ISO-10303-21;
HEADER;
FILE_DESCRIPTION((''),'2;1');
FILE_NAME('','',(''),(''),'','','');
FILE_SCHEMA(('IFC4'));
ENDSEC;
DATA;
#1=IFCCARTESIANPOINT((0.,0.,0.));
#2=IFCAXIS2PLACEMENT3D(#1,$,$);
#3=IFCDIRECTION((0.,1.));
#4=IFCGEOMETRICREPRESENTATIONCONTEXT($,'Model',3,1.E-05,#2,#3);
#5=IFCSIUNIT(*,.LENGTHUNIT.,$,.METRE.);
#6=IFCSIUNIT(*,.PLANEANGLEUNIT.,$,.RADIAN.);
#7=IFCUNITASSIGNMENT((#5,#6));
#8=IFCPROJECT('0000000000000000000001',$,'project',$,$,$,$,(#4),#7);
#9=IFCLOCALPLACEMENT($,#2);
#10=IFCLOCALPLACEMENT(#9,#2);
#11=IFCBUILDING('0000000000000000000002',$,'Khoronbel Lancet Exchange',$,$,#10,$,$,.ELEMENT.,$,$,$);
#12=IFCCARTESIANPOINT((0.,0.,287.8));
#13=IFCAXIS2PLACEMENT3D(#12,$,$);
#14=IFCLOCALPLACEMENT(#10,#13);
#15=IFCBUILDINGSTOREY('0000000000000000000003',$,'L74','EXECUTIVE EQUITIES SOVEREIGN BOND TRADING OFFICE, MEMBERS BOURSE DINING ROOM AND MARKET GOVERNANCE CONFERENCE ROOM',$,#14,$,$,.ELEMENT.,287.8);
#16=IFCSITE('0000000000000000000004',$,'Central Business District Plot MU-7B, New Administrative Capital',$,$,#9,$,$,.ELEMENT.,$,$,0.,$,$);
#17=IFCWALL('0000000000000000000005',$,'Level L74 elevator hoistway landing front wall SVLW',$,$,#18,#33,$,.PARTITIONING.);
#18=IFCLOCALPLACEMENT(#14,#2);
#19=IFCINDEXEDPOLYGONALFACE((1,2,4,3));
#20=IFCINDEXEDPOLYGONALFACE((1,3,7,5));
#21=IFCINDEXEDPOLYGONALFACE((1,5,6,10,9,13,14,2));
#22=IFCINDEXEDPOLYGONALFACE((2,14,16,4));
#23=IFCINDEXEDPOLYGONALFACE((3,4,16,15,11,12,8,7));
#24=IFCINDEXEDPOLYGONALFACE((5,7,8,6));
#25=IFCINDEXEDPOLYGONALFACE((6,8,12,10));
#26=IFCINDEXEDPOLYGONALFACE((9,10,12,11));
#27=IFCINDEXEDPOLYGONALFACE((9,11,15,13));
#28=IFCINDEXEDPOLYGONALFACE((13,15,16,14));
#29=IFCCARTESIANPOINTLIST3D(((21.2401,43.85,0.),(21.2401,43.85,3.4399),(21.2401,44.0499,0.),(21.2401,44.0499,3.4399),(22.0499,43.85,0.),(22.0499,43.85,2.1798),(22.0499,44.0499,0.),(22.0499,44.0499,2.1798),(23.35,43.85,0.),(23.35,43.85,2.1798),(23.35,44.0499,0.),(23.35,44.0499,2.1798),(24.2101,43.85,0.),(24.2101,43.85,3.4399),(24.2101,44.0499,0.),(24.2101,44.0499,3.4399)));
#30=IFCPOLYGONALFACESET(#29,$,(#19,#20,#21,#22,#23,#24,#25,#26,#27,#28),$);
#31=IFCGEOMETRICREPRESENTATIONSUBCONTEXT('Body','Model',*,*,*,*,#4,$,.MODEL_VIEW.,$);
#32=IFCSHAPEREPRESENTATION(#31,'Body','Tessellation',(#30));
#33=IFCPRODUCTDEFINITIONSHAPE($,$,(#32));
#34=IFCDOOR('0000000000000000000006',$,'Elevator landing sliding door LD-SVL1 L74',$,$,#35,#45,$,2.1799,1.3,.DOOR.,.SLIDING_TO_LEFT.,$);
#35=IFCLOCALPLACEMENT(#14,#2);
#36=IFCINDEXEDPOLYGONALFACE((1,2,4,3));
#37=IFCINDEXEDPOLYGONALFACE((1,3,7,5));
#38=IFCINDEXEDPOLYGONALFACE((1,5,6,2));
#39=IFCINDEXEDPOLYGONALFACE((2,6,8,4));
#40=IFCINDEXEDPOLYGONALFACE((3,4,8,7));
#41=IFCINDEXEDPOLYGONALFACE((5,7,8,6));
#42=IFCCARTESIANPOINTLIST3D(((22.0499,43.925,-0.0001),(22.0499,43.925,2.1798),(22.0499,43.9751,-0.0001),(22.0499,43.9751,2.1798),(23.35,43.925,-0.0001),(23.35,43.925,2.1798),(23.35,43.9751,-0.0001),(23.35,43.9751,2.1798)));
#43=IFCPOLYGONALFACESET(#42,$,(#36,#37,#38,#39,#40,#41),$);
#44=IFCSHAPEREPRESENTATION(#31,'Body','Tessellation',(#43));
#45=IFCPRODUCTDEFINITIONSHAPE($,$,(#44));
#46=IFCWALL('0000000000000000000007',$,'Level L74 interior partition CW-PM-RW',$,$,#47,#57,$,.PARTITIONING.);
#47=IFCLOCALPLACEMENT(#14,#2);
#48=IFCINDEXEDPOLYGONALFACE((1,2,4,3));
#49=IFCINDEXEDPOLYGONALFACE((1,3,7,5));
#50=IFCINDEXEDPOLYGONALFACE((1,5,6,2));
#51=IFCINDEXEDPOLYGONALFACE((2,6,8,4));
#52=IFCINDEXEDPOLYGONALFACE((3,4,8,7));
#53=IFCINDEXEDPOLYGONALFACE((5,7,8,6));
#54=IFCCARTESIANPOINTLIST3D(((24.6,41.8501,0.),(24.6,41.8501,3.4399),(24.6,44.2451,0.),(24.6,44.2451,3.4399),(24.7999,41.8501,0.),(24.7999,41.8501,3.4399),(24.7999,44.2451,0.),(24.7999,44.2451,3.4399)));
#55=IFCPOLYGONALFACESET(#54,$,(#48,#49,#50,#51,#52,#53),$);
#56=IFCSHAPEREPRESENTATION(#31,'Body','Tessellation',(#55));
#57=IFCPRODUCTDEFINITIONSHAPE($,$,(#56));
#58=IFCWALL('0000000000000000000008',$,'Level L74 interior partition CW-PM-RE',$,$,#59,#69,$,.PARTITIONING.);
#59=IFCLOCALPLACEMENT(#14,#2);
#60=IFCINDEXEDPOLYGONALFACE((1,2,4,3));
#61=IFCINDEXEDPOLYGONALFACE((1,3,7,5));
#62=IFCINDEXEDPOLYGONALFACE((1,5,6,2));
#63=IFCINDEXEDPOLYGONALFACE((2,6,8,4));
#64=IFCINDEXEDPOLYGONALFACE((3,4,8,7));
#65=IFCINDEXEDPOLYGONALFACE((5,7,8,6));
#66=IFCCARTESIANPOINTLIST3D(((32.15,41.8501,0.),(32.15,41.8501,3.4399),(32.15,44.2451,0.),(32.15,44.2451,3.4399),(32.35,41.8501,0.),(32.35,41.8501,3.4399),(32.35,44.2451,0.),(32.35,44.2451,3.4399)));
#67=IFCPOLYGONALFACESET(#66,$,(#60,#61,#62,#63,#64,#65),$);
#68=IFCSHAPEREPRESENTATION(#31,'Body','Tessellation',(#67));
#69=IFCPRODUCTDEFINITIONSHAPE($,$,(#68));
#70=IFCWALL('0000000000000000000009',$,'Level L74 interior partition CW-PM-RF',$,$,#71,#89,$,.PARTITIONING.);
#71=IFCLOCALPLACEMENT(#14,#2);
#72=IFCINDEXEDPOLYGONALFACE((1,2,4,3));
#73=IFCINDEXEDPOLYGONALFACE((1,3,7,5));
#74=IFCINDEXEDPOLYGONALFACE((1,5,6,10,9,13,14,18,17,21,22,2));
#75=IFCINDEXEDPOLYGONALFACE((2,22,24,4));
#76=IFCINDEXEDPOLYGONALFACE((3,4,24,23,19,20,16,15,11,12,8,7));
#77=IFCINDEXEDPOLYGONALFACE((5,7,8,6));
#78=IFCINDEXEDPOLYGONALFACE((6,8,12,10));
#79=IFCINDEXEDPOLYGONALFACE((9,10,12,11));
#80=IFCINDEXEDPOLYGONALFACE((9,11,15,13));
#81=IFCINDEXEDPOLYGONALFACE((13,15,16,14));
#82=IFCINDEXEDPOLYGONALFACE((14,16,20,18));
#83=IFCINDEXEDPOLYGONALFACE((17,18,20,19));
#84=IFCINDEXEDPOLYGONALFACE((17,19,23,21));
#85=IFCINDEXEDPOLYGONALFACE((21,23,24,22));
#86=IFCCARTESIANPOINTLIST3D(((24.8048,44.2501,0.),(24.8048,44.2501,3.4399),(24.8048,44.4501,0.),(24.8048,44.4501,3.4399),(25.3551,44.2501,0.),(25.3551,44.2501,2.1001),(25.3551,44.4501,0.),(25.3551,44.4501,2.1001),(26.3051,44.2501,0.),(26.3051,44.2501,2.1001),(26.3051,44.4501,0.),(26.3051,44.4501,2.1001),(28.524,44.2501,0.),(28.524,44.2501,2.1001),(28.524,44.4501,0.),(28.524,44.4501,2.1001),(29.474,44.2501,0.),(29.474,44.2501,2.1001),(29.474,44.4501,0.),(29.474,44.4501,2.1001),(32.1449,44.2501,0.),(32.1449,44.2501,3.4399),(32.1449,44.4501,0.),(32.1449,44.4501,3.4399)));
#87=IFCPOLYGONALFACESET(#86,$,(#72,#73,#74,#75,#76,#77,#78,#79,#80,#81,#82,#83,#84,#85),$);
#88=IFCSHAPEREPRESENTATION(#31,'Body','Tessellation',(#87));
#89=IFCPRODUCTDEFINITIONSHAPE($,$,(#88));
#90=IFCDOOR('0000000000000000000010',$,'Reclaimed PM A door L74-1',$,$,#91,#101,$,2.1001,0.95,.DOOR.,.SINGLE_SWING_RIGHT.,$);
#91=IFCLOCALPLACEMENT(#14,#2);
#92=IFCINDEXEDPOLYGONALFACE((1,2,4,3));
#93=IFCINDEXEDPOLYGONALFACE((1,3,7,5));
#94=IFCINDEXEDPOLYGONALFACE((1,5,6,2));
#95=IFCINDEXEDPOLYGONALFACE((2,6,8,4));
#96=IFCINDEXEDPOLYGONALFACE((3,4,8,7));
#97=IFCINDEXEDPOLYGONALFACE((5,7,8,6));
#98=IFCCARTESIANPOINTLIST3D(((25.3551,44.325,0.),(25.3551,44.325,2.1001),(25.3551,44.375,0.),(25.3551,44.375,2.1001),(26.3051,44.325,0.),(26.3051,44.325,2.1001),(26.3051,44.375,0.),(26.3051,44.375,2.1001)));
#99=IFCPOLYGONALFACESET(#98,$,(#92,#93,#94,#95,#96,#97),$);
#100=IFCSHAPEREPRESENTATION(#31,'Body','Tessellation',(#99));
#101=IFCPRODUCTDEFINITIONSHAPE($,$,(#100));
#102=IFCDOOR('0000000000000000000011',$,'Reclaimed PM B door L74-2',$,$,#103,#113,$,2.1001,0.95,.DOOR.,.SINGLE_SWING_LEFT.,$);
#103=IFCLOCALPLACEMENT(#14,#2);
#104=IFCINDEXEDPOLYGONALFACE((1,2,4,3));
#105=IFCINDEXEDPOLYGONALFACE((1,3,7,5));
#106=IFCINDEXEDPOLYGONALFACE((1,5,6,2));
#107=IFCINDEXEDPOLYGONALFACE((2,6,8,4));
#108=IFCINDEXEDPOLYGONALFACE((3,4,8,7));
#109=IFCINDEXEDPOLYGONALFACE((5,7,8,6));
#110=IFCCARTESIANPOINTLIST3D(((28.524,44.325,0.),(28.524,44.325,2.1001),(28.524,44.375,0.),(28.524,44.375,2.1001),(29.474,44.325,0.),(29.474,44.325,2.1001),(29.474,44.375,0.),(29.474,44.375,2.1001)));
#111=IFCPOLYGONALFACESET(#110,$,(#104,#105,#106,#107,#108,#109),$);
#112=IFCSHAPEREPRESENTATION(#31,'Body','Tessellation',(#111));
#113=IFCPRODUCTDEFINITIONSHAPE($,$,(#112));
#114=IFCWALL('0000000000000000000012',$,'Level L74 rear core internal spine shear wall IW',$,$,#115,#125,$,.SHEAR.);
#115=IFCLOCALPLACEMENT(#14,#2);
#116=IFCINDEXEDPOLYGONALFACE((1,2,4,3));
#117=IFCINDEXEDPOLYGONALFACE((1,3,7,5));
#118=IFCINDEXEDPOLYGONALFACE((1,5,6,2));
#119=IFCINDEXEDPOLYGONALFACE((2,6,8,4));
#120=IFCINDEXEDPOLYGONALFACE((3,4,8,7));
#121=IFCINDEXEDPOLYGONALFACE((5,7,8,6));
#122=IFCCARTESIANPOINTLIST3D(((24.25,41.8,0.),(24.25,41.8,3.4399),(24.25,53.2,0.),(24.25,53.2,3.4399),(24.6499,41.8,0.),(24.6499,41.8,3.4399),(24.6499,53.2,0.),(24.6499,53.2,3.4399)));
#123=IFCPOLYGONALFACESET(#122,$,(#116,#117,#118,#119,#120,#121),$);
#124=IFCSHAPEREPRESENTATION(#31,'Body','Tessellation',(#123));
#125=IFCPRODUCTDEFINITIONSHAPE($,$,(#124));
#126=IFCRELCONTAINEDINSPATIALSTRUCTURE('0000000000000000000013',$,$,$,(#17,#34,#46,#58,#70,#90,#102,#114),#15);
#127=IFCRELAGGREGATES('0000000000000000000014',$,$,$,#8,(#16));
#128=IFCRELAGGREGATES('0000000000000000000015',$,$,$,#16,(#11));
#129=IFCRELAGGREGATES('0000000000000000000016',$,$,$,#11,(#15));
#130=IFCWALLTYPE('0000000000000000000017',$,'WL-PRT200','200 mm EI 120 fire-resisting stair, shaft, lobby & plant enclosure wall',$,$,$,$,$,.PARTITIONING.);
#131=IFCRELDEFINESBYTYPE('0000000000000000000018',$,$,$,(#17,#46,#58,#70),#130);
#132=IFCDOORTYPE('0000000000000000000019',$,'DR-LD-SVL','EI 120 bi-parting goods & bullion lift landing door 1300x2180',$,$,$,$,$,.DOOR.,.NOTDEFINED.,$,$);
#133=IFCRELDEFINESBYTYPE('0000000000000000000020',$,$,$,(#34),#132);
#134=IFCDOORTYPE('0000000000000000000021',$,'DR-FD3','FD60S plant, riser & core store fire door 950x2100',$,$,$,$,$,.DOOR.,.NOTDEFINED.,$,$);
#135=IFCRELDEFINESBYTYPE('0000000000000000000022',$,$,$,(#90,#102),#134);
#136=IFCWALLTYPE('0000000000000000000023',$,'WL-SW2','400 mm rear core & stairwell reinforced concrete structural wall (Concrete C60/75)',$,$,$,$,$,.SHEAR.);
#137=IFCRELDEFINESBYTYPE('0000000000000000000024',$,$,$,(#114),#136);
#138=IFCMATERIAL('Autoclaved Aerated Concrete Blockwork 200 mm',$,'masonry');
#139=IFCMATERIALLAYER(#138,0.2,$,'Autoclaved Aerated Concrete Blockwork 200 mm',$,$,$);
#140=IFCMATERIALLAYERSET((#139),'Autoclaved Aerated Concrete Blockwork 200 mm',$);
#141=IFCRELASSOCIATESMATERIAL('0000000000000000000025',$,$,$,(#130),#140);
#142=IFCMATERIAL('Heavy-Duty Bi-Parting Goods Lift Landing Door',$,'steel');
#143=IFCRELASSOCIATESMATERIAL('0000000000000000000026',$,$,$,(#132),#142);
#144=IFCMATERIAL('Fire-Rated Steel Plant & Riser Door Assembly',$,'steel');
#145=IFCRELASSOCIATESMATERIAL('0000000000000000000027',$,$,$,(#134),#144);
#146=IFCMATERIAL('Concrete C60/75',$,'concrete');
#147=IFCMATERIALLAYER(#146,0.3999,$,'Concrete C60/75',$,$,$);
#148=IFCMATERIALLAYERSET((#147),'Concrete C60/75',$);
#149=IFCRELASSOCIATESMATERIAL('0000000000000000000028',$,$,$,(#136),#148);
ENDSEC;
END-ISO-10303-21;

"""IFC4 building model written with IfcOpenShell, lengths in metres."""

from ifc_helpers import new_model, si_unit, direction, frame, frame_2d, origin, place, context, subcontext, project, spatial, rectangle, extrude, material, layer, layer_set, type_object, element, fill, save


model = new_model("IFC4")

# Units and contexts
model_context = context("Model", 3, precision=1e-05, world=origin(), true_north=direction((0.0, 1.0)))
body_context = subcontext(model_context, "Body", "Model", "MODEL_VIEW")
ifc_project = project(units=[si_unit("LENGTHUNIT", "METRE"), si_unit("PLANEANGLEUNIT", "RADIAN")], contexts=[model_context])

# Site, building, storey
site_placement = place(None, origin())
site = spatial("IfcSite", under=ifc_project, at=site_placement, Name="Central Business District Plot MU-7B, New Administrative Capital", CompositionType="ELEMENT", RefElevation=0.0)
building_placement = place(site_placement, origin())
building = spatial("IfcBuilding", under=site, at=building_placement, Name="Khoronbel Lancet Exchange", CompositionType="ELEMENT")
storey_placement = place(building_placement, frame((0.0, 0.0, 287.8)))
storey = spatial("IfcBuildingStorey", under=building, at=storey_placement, Name="L74", Description="EXECUTIVE EQUITIES SOVEREIGN BOND TRADING OFFICE, MEMBERS BOURSE DINING ROOM AND MARKET GOVERNANCE CONFERENCE ROOM", CompositionType="ELEMENT", Elevation=287.8)

# Shared definitions
ifc_material_1 = material(Name="Concrete C60/75", Category="concrete")

# Wall, opening, door
ifc_material_2 = material(Name="Autoclaved Aerated Concrete Blockwork 200 mm", Category="masonry")
ifc_layer_1 = layer(ifc_material_2, 0.2, Name="Autoclaved Aerated Concrete Blockwork 200 mm")
ifc_layer_set_1 = layer_set([ifc_layer_1], Name="Autoclaved Aerated Concrete Blockwork 200 mm")
wall_type_1 = type_object("IfcWallType", Name="WL-PRT200", Description="200 mm EI 120 fire-resisting stair, shaft, lobby & plant enclosure wall", PredefinedType="PARTITIONING", material=ifc_layer_set_1)
wall_1_placement = place(storey_placement, frame((24.21, 43.95, 0.0), z_axis=(0.0, 0.0, 1.0), x_axis=(-1.0, 0.0, 0.0)))
wall_1 = element("IfcWall", 1, at=wall_1_placement, inside=storey, type_object=wall_type_1, Name="Level L74 elevator hoistway landing front wall SVLW", PredefinedType="PARTITIONING", context=body_context, shape_type="SweptSolid", body=[
    extrude(rectangle(XDim=2.97, YDim=0.2, at=frame_2d((1.4849, 0.0))), origin(), (0.0, 0.0, 1.0), 3.4399),
])
opening_1_placement = place(wall_1_placement, frame((0.8601, 0.0, 0.0)))
opening_1 = element("IfcOpeningElement", 2, at=opening_1_placement, cuts=wall_1, PredefinedType="OPENING", context=body_context, shape_type="SweptSolid", body=[
    extrude(rectangle(XDim=1.3, YDim=2.1799, at=frame_2d((0.6499, 1.0898))), frame((0.0, 0.1099, 0.0), z_axis=(0.0, -1.0, 0.0), x_axis=(1.0, 0.0, 0.0)), (0.0, 0.0, 1.0), 0.22),
])
ifc_material_3 = material(Name="Heavy-Duty Bi-Parting Goods Lift Landing Door", Category="steel")
door_type_1 = type_object("IfcDoorType", Name="DR-LD-SVL", Description="EI 120 bi-parting goods & bullion lift landing door 1300x2180", OperationType="NOTDEFINED", PredefinedType="DOOR", material=ifc_material_3)
door_1_placement = place(opening_1_placement, origin())
door_1 = element("IfcDoor", 3, at=door_1_placement, inside=storey, type_object=door_type_1, Name="Elevator landing sliding door LD-SVL1 L74", OperationType="SLIDING_TO_LEFT", OverallHeight=2.1799, OverallWidth=1.3, PredefinedType="DOOR", context=body_context, shape_type="SweptSolid", body=[
    extrude(rectangle(XDim=1.3, YDim=2.1799, at=frame_2d((0.6499, 1.0898))), frame((0.0, 0.0249, 0.0), z_axis=(0.0, -1.0, 0.0), x_axis=(1.0, 0.0, 0.0)), (0.0, 0.0, 1.0), 0.05),
])
fill(opening_1, door_1)

# Walls
for number, where, z_axis, x_axis, name in (
    (4, (24.7, 41.8501, 0.0), (0.0, 0.0, 1.0), (0.0, 1.0, 0.0), "Level L74 interior partition CW-PM-RW"),
    (5, (32.25, 41.8501, 0.0), (0.0, 0.0, 1.0), (0.0, 1.0, 0.0), "Level L74 interior partition CW-PM-RE"),
):
    element("IfcWall", number, at=place(storey_placement, frame(where, z_axis=z_axis, x_axis=x_axis)), inside=storey, type_object=wall_type_1, Name=name, PredefinedType="PARTITIONING", context=body_context, shape_type="SweptSolid", body=[
        extrude(rectangle(XDim=2.395, YDim=0.2, at=frame_2d((1.1975, 0.0))), origin(), (0.0, 0.0, 1.0), 3.4399),
    ])

# Wall, openings, doors
wall_2_placement = place(storey_placement, frame((24.8049, 44.3501, 0.0), z_axis=(0.0, 0.0, 1.0), x_axis=(1.0, 0.0, 0.0)))
wall_2 = element("IfcWall", 6, at=wall_2_placement, inside=storey, type_object=wall_type_1, Name="Level L74 interior partition CW-PM-RF", PredefinedType="PARTITIONING", context=body_context, shape_type="SweptSolid", body=[
    extrude(rectangle(XDim=7.3401, YDim=0.2, at=frame_2d((3.6699, 0.0))), origin(), (0.0, 0.0, 1.0), 3.4399),
])
opening_2_placement = place(wall_2_placement, frame((0.55, 0.0, 0.0)))
opening_2 = element("IfcOpeningElement", 7, at=opening_2_placement, cuts=wall_2, PredefinedType="OPENING", context=body_context, shape_type="SweptSolid", body=[
    extrude(rectangle(XDim=0.95, YDim=2.1001, at=frame_2d((0.4751, 1.05))), frame((0.0, 0.1099, 0.0), z_axis=(0.0, -1.0, 0.0), x_axis=(1.0, 0.0, 0.0)), (0.0, 0.0, 1.0), 0.22),
])
opening_3_placement = place(wall_2_placement, frame((3.719, 0.0, 0.0)))
opening_3 = element("IfcOpeningElement", 8, at=opening_3_placement, cuts=wall_2, PredefinedType="OPENING", context=body_context, shape_type="SweptSolid", body=[
    extrude(rectangle(XDim=0.95, YDim=2.1001, at=frame_2d((0.4751, 1.05))), frame((0.0, 0.1099, 0.0), z_axis=(0.0, -1.0, 0.0), x_axis=(1.0, 0.0, 0.0)), (0.0, 0.0, 1.0), 0.22),
])
ifc_material_4 = material(Name="Fire-Rated Steel Plant & Riser Door Assembly", Category="steel")
door_type_2 = type_object("IfcDoorType", Name="DR-FD3", Description="FD60S plant, riser & core store fire door 950x2100", OperationType="NOTDEFINED", PredefinedType="DOOR", material=ifc_material_4)
door_2_placement = place(opening_2_placement, origin())
door_2 = element("IfcDoor", 9, at=door_2_placement, inside=storey, type_object=door_type_2, Name="Reclaimed PM A door L74-1", OperationType="SINGLE_SWING_RIGHT", OverallHeight=2.1001, OverallWidth=0.95, PredefinedType="DOOR", context=body_context, shape_type="SweptSolid", body=[
    extrude(rectangle(XDim=0.95, YDim=2.1001, at=frame_2d((0.4751, 1.05))), frame((0.0, 0.0249, 0.0), z_axis=(0.0, -1.0, 0.0), x_axis=(1.0, 0.0, 0.0)), (0.0, 0.0, 1.0), 0.05),
])
fill(opening_2, door_2)
door_3_placement = place(opening_3_placement, origin())
door_3 = element("IfcDoor", 10, at=door_3_placement, inside=storey, type_object=door_type_2, Name="Reclaimed PM B door L74-2", OperationType="SINGLE_SWING_LEFT", OverallHeight=2.1001, OverallWidth=0.95, PredefinedType="DOOR", context=body_context, shape_type="SweptSolid", body=[
    extrude(rectangle(XDim=0.95, YDim=2.1001, at=frame_2d((0.4751, 1.05))), frame((0.0, 0.0249, 0.0), z_axis=(0.0, -1.0, 0.0), x_axis=(1.0, 0.0, 0.0)), (0.0, 0.0, 1.0), 0.05),
])
fill(opening_3, door_3)

# Wall
ifc_layer_2 = layer(ifc_material_1, 0.3999, Name="Concrete C60/75")
ifc_layer_set_2 = layer_set([ifc_layer_2], Name="Concrete C60/75")
wall_type_2 = type_object("IfcWallType", Name="WL-SW2", Description="400 mm rear core & stairwell reinforced concrete structural wall (Concrete C60/75)", PredefinedType="SHEAR", material=ifc_layer_set_2)
wall_3_placement = place(storey_placement, frame((24.45, 41.8, 0.0), z_axis=(0.0, 0.0, 1.0), x_axis=(0.0, 1.0, 0.0)))
element("IfcWall", 11, at=wall_3_placement, inside=storey, type_object=wall_type_2, Name="Level L74 rear core internal spine shear wall IW", PredefinedType="SHEAR", context=body_context, shape_type="SweptSolid", body=[
    extrude(rectangle(XDim=11.3999, YDim=0.3999, at=frame_2d((5.7, 0.0))), origin(), (0.0, 0.0, 1.0), 3.4399),
])

save(model, "model.ifc")
